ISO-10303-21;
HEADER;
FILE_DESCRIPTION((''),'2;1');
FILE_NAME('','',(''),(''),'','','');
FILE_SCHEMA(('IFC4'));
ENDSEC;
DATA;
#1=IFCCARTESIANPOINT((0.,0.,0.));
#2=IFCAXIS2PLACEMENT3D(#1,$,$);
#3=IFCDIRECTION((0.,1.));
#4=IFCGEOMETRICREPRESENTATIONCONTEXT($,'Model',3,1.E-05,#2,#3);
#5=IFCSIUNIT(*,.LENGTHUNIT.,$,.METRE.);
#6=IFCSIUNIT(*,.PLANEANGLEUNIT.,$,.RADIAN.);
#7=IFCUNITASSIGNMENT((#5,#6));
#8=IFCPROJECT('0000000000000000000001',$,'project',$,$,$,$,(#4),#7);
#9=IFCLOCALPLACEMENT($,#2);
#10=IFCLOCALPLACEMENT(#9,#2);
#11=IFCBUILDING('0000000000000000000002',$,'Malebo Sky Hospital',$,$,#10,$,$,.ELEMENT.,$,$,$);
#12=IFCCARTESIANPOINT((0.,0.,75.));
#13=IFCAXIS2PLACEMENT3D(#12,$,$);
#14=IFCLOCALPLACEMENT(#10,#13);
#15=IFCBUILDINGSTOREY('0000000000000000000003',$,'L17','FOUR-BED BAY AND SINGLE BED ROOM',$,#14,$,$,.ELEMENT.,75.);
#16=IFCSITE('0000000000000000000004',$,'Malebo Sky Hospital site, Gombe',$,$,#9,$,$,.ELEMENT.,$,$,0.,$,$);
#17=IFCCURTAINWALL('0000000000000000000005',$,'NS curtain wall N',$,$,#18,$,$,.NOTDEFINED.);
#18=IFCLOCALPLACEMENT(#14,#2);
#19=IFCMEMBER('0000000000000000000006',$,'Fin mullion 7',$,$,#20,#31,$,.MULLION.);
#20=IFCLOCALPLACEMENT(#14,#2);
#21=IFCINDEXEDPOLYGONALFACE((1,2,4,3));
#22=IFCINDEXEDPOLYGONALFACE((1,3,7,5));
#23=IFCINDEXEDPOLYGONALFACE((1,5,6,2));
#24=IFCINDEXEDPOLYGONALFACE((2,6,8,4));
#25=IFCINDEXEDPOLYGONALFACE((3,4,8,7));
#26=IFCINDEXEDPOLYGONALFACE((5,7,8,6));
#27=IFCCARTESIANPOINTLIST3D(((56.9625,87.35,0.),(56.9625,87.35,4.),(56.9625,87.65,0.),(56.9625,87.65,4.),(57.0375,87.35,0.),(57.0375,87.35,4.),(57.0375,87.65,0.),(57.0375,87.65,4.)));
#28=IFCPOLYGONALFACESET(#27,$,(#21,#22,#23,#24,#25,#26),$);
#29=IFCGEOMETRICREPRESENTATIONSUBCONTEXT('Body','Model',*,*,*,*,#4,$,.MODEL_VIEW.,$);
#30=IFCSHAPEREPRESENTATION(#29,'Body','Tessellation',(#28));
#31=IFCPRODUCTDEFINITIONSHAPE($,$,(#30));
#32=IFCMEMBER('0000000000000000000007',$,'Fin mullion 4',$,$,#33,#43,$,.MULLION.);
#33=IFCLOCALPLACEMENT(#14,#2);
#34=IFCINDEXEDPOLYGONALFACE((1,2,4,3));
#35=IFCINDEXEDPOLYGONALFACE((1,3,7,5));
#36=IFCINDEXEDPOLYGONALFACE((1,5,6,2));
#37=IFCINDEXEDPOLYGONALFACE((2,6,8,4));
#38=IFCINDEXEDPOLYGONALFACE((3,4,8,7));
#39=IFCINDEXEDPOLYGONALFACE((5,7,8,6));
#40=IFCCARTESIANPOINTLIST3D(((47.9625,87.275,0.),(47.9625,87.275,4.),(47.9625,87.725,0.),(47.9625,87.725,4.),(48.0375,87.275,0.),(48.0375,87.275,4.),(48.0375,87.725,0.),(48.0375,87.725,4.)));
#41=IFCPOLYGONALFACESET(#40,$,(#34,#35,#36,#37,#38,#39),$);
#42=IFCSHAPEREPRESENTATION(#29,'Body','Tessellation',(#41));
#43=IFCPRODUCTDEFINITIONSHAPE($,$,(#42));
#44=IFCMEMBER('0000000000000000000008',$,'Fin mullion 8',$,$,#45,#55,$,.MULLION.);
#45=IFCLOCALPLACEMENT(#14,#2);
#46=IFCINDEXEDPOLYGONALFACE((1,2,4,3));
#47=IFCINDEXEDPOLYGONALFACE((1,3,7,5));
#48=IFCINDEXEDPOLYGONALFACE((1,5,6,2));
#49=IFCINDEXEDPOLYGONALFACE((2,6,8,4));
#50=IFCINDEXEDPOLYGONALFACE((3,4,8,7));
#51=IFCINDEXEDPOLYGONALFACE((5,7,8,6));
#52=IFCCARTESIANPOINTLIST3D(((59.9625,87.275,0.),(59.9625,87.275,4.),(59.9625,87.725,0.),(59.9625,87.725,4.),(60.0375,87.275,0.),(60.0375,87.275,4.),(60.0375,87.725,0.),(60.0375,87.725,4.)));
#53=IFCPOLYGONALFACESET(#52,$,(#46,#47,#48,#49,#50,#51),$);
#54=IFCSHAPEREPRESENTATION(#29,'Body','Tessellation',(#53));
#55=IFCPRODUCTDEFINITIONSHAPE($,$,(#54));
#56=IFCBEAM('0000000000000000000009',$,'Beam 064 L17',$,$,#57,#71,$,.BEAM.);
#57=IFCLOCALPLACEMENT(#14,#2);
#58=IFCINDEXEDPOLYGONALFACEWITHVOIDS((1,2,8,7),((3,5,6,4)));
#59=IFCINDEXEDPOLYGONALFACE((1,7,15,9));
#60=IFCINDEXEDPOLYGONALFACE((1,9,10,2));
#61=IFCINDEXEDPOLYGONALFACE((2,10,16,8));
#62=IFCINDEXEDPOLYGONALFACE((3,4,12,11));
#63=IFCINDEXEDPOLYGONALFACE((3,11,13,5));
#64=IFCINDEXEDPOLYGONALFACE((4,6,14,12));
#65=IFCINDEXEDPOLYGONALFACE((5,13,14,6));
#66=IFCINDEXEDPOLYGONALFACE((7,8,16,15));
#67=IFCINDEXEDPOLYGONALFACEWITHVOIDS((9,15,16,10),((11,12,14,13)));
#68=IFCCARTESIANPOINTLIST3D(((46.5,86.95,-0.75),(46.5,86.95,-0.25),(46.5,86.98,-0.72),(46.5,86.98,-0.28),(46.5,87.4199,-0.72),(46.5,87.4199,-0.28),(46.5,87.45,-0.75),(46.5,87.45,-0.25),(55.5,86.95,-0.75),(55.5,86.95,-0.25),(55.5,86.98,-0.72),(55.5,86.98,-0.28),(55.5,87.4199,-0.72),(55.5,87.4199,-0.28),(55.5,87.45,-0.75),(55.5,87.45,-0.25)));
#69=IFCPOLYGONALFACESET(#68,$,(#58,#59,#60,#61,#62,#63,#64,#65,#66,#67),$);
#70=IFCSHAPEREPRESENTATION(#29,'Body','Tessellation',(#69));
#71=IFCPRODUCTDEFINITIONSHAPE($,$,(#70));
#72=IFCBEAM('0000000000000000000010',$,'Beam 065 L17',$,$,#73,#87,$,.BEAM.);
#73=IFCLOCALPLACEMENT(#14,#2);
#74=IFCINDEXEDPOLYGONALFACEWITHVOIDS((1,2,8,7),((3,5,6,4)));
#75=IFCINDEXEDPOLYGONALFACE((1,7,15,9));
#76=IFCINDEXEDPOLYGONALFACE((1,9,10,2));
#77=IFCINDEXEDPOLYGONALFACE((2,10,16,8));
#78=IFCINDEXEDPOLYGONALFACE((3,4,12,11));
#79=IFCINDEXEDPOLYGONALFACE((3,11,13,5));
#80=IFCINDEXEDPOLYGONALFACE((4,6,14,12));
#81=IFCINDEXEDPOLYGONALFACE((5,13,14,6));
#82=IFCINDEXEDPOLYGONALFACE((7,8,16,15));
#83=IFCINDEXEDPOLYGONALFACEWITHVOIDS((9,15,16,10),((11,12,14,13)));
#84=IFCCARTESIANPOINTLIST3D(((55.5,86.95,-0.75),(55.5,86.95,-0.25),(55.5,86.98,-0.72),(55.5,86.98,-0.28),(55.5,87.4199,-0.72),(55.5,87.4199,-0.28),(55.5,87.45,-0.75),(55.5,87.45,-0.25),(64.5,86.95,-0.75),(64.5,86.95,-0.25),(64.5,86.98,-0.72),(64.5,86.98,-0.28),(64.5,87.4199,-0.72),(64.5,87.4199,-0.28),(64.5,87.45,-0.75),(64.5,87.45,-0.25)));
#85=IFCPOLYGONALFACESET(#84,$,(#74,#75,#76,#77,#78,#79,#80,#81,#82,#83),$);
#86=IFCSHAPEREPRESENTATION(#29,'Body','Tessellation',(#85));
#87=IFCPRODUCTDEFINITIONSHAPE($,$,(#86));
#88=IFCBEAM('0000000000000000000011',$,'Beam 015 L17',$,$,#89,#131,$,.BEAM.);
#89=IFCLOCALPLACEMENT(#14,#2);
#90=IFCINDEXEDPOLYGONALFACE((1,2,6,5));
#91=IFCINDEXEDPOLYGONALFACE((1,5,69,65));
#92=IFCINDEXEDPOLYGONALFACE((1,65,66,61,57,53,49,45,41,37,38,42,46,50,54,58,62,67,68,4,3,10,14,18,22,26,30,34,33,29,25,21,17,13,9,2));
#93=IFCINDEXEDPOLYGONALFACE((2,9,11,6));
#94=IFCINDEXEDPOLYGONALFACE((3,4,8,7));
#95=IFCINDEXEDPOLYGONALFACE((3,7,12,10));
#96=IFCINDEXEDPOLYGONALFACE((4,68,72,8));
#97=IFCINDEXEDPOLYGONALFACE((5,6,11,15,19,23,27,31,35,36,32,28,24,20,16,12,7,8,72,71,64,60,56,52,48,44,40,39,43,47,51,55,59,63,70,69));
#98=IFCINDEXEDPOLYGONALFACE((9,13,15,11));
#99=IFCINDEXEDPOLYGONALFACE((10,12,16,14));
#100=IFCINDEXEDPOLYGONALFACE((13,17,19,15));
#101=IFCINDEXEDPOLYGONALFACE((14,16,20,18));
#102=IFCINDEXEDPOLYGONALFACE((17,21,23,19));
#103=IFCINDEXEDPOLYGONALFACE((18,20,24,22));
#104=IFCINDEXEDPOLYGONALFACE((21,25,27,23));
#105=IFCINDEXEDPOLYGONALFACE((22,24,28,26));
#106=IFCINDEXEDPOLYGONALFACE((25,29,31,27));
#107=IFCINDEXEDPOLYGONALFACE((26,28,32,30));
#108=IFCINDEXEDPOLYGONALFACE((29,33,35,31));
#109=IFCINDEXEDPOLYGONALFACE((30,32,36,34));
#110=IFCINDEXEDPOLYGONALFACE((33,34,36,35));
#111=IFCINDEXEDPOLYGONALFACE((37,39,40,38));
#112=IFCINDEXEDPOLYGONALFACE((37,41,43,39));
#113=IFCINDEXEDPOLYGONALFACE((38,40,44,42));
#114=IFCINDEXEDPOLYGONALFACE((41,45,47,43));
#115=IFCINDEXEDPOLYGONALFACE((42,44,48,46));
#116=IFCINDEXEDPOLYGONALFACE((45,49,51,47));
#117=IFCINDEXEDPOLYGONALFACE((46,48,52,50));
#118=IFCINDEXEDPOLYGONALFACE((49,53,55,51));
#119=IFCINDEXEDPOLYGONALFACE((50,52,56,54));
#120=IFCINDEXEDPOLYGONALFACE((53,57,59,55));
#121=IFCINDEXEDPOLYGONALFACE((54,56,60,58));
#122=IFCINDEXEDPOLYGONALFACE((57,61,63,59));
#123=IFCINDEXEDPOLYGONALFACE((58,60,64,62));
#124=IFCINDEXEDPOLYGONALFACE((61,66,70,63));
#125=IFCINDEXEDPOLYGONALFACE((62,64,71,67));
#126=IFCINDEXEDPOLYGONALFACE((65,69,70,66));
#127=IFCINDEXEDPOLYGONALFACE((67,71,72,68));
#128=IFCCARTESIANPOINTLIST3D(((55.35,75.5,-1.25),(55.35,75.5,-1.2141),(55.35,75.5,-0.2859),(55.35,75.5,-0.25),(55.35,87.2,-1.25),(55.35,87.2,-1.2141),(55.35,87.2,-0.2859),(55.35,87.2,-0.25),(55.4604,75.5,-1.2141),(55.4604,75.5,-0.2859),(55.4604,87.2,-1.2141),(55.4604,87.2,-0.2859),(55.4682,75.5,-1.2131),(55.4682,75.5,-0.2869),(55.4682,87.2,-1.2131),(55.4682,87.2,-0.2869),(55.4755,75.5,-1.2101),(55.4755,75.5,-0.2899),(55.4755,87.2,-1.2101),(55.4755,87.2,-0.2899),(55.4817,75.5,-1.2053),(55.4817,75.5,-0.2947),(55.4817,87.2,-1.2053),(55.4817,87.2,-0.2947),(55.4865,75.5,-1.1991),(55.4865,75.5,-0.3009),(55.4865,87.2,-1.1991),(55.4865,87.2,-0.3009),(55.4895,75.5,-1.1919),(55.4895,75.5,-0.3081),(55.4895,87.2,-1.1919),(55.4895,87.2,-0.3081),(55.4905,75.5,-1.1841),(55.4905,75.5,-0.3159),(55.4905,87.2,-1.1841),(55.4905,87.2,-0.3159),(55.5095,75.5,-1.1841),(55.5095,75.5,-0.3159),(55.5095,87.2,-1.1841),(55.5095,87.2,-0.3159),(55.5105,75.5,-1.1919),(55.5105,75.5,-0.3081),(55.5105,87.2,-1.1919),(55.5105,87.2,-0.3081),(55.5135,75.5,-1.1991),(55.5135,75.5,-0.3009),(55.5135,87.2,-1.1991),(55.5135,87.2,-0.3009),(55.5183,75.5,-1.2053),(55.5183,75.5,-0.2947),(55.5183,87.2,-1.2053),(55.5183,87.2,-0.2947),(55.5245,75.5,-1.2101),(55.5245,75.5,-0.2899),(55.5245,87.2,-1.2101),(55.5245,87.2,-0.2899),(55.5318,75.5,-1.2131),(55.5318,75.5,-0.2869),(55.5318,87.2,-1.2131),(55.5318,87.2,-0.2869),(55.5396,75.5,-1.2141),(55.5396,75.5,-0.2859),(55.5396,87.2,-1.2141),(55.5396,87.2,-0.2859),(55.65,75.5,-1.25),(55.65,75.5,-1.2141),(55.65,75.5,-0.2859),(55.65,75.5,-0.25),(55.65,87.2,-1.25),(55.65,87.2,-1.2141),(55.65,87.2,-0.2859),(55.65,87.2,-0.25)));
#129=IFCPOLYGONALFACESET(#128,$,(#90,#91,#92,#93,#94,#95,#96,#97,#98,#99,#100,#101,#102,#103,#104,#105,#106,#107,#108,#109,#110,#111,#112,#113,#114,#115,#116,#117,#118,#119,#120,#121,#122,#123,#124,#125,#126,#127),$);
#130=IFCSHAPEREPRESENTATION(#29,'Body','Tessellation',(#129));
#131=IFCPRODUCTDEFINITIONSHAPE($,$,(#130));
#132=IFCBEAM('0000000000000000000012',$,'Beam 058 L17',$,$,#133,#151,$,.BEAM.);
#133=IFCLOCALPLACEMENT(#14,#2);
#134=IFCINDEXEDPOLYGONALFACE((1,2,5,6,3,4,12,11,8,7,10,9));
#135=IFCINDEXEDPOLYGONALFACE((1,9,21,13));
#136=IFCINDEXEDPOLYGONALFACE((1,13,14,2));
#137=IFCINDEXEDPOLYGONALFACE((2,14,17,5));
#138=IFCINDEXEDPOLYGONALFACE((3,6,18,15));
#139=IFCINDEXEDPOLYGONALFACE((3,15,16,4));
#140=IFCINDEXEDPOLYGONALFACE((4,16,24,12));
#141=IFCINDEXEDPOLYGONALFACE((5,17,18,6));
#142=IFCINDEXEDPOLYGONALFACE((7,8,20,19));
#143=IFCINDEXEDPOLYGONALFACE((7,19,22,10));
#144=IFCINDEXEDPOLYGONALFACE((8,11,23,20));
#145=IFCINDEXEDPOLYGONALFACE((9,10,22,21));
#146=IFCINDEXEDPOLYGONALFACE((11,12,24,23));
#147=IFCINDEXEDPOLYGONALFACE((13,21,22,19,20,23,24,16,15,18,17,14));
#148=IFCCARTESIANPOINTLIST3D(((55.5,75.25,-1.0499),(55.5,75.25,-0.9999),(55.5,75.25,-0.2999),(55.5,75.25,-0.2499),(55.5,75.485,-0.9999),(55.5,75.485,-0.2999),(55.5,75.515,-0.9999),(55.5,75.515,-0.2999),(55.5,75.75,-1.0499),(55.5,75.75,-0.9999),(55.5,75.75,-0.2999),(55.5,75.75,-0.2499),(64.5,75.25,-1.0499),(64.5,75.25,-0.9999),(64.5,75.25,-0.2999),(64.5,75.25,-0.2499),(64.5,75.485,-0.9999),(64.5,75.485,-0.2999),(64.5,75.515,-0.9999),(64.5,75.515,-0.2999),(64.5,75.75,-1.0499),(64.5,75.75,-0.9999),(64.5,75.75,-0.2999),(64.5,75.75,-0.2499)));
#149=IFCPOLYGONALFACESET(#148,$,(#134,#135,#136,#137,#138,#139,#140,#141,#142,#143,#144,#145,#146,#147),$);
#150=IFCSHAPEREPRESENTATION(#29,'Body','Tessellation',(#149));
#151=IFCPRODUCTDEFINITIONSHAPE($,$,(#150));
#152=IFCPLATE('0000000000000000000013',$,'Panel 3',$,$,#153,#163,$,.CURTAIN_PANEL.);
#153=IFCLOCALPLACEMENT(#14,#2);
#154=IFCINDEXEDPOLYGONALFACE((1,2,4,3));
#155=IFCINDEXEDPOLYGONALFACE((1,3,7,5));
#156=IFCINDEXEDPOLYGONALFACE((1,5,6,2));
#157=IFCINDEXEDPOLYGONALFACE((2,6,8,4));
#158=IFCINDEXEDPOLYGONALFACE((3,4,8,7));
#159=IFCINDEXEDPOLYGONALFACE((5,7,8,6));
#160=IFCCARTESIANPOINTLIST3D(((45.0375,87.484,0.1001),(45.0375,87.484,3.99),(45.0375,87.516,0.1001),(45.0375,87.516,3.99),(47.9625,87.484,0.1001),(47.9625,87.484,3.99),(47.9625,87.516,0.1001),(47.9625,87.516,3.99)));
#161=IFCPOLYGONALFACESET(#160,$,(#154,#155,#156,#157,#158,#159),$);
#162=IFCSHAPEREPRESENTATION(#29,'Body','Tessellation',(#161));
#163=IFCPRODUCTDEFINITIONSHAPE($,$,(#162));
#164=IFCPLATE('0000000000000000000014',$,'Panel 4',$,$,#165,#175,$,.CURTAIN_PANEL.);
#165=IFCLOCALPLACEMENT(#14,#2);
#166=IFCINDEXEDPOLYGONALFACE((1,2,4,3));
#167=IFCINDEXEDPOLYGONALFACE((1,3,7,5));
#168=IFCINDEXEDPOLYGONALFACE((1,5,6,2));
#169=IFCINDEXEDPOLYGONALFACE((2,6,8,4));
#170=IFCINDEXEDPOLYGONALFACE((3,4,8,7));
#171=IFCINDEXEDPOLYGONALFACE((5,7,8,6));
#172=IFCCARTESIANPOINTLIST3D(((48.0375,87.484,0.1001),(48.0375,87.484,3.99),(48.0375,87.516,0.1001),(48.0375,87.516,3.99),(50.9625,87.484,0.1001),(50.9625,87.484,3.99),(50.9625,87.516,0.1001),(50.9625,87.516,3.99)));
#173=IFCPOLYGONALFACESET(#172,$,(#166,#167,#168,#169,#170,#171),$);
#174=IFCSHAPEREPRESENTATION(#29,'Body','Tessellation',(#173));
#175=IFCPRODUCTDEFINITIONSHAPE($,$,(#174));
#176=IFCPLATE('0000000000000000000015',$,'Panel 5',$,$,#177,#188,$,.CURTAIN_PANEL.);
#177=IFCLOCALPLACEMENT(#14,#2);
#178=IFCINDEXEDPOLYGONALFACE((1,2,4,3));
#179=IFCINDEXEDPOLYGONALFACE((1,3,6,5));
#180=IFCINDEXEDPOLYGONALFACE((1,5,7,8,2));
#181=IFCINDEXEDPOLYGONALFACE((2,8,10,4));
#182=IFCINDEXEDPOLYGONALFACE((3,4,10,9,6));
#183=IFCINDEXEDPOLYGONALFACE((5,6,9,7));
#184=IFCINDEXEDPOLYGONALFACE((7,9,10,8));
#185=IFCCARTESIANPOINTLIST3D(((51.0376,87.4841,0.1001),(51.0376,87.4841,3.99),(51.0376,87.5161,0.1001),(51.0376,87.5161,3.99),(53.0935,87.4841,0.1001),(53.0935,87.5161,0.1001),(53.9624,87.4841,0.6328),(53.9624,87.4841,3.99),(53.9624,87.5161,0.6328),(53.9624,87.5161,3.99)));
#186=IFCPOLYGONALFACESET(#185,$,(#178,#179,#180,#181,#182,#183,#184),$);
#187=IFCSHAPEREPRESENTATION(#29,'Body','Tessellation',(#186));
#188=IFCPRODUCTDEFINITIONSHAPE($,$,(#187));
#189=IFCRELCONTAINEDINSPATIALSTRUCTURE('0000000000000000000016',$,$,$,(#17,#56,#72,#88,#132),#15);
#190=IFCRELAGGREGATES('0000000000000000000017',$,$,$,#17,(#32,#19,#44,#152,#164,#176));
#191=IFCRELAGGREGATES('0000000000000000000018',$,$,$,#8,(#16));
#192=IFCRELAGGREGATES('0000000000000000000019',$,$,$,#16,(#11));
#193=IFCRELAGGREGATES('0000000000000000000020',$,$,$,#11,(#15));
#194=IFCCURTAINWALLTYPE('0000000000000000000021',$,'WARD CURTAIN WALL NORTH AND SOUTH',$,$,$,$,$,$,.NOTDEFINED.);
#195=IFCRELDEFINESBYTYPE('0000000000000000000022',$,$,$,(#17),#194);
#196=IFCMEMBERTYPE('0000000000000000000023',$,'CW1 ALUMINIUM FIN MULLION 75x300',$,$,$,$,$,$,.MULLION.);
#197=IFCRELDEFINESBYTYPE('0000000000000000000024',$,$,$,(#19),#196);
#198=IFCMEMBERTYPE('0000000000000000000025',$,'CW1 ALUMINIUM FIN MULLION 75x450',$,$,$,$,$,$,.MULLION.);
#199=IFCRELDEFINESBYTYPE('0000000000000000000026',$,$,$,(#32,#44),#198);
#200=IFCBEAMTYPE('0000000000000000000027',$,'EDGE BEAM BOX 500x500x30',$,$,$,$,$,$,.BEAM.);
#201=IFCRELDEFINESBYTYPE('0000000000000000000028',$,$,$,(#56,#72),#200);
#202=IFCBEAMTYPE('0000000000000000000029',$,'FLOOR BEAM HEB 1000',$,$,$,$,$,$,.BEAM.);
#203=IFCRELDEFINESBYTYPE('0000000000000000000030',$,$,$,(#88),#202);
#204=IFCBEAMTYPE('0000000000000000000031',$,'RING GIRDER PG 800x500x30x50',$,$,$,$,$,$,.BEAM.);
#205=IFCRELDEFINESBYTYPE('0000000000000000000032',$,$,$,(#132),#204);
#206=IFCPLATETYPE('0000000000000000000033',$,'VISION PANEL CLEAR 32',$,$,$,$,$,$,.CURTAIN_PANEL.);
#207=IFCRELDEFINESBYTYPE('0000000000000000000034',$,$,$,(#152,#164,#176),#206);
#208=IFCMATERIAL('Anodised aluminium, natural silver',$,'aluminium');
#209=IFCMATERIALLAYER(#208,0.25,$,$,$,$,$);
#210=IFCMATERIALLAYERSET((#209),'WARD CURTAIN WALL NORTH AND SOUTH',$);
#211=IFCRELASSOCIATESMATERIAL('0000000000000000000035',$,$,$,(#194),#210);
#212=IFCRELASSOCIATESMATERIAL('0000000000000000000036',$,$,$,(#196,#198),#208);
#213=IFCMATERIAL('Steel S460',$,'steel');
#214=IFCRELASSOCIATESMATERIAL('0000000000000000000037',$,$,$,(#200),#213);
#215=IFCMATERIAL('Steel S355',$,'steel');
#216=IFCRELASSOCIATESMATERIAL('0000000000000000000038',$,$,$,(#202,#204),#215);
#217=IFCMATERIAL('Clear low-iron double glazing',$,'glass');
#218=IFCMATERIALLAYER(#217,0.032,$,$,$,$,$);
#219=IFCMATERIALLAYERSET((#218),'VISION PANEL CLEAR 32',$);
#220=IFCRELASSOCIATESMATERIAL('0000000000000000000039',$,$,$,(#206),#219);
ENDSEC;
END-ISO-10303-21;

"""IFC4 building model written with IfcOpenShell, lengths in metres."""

from ifc_helpers import new_model, si_unit, direction, frame, origin, origin_2d, place, context, subcontext, project, spatial, polyline, rectangle, hollow_rectangle, i_section, outline, extrude, material, layer, layer_set, material_profile, profile_set, type_object, element, aggregate, save


model = new_model("IFC4")

# Units and contexts
model_context = context("Model", 3, precision=1e-05, world=origin(), true_north=direction((0.0, 1.0)))
body_context = subcontext(model_context, "Body", "Model", "MODEL_VIEW")
ifc_project = project(units=[si_unit("LENGTHUNIT", "METRE"), si_unit("PLANEANGLEUNIT", "RADIAN")], contexts=[model_context])

# Site, building, storey
site_placement = place(None, origin())
site = spatial("IfcSite", under=ifc_project, at=site_placement, Name="Malebo Sky Hospital site, Gombe", CompositionType="ELEMENT", RefElevation=0.0)
building_placement = place(site_placement, origin())
building = spatial("IfcBuilding", under=site, at=building_placement, Name="Malebo Sky Hospital", CompositionType="ELEMENT")
storey_placement = place(building_placement, frame((0.0, 0.0, 75.0)))
storey = spatial("IfcBuildingStorey", under=building, at=storey_placement, Name="L17", Description="FOUR-BED BAY AND SINGLE BED ROOM", CompositionType="ELEMENT", Elevation=75.0)

# Shared definitions
ifc_material_1 = material(Name="Steel S460", Category="steel")

# Curtain wall
ifc_material_2 = material(Name="Anodised aluminium, natural silver", Category="aluminium")
ifc_layer_1 = layer(ifc_material_2, 0.25)
ifc_layer_set_1 = layer_set([ifc_layer_1], Name="WARD CURTAIN WALL NORTH AND SOUTH")
curtain_wall_type = type_object("IfcCurtainWallType", Name="WARD CURTAIN WALL NORTH AND SOUTH", PredefinedType="NOTDEFINED", material=ifc_layer_set_1)
curtain_wall_placement = place(storey_placement, origin())
curtain_wall = element("IfcCurtainWall", 1, at=curtain_wall_placement, inside=storey, type_object=curtain_wall_type, Name="NS curtain wall N", PredefinedType="NOTDEFINED")

# Members
ifc_material_3 = material(Name="Steel S355", Category="steel")
ifc_material_profile_1 = material_profile(ifc_material_2, rectangle(XDim=0.075, YDim=0.3, at=origin_2d()), Name="CW1 ALUMINIUM FIN MULLION 75x300")
ifc_profile_set_1 = profile_set([ifc_material_profile_1], Name="Anodised aluminium, natural silver")
member_type_1 = type_object("IfcMemberType", Name="CW1 ALUMINIUM FIN MULLION 75x300", PredefinedType="MULLION", material=ifc_profile_set_1)
member_1_placement = place(storey_placement, frame((57.0, 87.5, 0.0), z_axis=(0.0, 0.0, 1.0), x_axis=(1.0, 0.0, 0.0)))
member_1 = element("IfcMember", 2, at=member_1_placement, type_object=member_type_1, Name="Fin mullion 7", PredefinedType="MULLION", context=body_context, shape_type="SweptSolid", body=[
    extrude(rectangle(XDim=0.075, YDim=0.3, at=origin_2d()), origin(), (0.0, 0.0, 1.0), 4.0),
])
ifc_material_profile_2 = material_profile(ifc_material_2, rectangle(XDim=0.075, YDim=0.45, at=origin_2d()), Name="CW1 ALUMINIUM FIN MULLION 75x450")
ifc_profile_set_2 = profile_set([ifc_material_profile_2], Name="Anodised aluminium, natural silver")
member_type_2 = type_object("IfcMemberType", Name="CW1 ALUMINIUM FIN MULLION 75x450", PredefinedType="MULLION", material=ifc_profile_set_2)
member_2_placement = place(storey_placement, frame((48.0, 87.5, 0.0), z_axis=(0.0, 0.0, 1.0), x_axis=(1.0, 0.0, 0.0)))
member_2 = element("IfcMember", 3, at=member_2_placement, type_object=member_type_2, Name="Fin mullion 4", PredefinedType="MULLION", context=body_context, shape_type="SweptSolid", body=[
    extrude(rectangle(XDim=0.075, YDim=0.45, at=origin_2d()), origin(), (0.0, 0.0, 1.0), 4.0),
])
member_3_placement = place(storey_placement, frame((60.0, 87.5, 0.0), z_axis=(0.0, 0.0, 1.0), x_axis=(1.0, 0.0, 0.0)))
member_3 = element("IfcMember", 4, at=member_3_placement, type_object=member_type_2, Name="Fin mullion 8", PredefinedType="MULLION", context=body_context, shape_type="SweptSolid", body=[
    extrude(rectangle(XDim=0.075, YDim=0.45, at=origin_2d()), origin(), (0.0, 0.0, 1.0), 4.0),
])

# Beams
ifc_material_profile_3 = material_profile(ifc_material_1, hollow_rectangle(XDim=0.5, YDim=0.5, WallThickness=0.03, at=origin_2d()), Name="BOX 500x500x30")
ifc_profile_set_3 = profile_set([ifc_material_profile_3], Name="Steel S460")
beam_type_1 = type_object("IfcBeamType", Name="EDGE BEAM BOX 500x500x30", PredefinedType="BEAM", material=ifc_profile_set_3)
for number, where, z_axis, x_axis, name in (
    (5, (46.5, 87.2, -0.5), (1.0, 0.0, 0.0), (0.0, 1.0, 0.0), "Beam 064 L17"),
    (6, (55.5, 87.2, -0.5), (1.0, 0.0, 0.0), (0.0, 1.0, 0.0), "Beam 065 L17"),
):
    element("IfcBeam", number, at=place(storey_placement, frame(where, z_axis=z_axis, x_axis=x_axis)), inside=storey, type_object=beam_type_1, Name=name, PredefinedType="BEAM", context=body_context, shape_type="SweptSolid", body=[
        extrude(hollow_rectangle(XDim=0.5, YDim=0.5, WallThickness=0.03, at=origin_2d()), origin(), (0.0, 0.0, 1.0), 9.0),
    ])
ifc_material_profile_4 = material_profile(ifc_material_3, i_section(OverallWidth=0.3, OverallDepth=1.0, WebThickness=0.019, FlangeThickness=0.0359, FilletRadius=0.03, at=origin_2d()), Name="HEB 1000")
ifc_profile_set_4 = profile_set([ifc_material_profile_4], Name="Steel S355")
beam_type_2 = type_object("IfcBeamType", Name="FLOOR BEAM HEB 1000", PredefinedType="BEAM", material=ifc_profile_set_4)
beam_1_placement = place(storey_placement, frame((55.5, 75.5, -0.75), z_axis=(0.0, 1.0, 0.0), x_axis=(-1.0, 0.0, 0.0)))
element("IfcBeam", 7, at=beam_1_placement, inside=storey, type_object=beam_type_2, Name="Beam 015 L17", PredefinedType="BEAM", context=body_context, shape_type="SweptSolid", body=[
    extrude(i_section(OverallWidth=0.3, OverallDepth=1.0, WebThickness=0.019, FlangeThickness=0.0359, FilletRadius=0.03, at=origin_2d()), origin(), (0.0, 0.0, 1.0), 11.7),
])
ifc_material_profile_5 = material_profile(ifc_material_3, i_section(OverallWidth=0.5, OverallDepth=0.8, WebThickness=0.03, FlangeThickness=0.05, at=origin_2d()), Name="PG 800x500x30x50")
ifc_profile_set_5 = profile_set([ifc_material_profile_5], Name="Steel S355")
beam_type_3 = type_object("IfcBeamType", Name="RING GIRDER PG 800x500x30x50", PredefinedType="BEAM", material=ifc_profile_set_5)
beam_2_placement = place(storey_placement, frame((55.5, 75.5, -0.6499), z_axis=(1.0, 0.0, 0.0), x_axis=(0.0, 1.0, 0.0)))
element("IfcBeam", 8, at=beam_2_placement, inside=storey, type_object=beam_type_3, Name="Beam 058 L17", PredefinedType="BEAM", context=body_context, shape_type="SweptSolid", body=[
    extrude(i_section(OverallWidth=0.5, OverallDepth=0.8, WebThickness=0.03, FlangeThickness=0.05, at=origin_2d()), origin(), (0.0, 0.0, 1.0), 9.0),
])

# Plates
ifc_material_4 = material(Name="Clear low-iron double glazing", Category="glass")
ifc_layer_2 = layer(ifc_material_4, 0.032)
ifc_layer_set_2 = layer_set([ifc_layer_2], Name="VISION PANEL CLEAR 32")
plate_type = type_object("IfcPlateType", Name="VISION PANEL CLEAR 32", PredefinedType="CURTAIN_PANEL", material=ifc_layer_set_2)
plate_1_placement = place(storey_placement, frame((46.5, 87.5, 0.1001), z_axis=(0.0, 0.0, 1.0), x_axis=(1.0, 0.0, 0.0)))
plate_1 = element("IfcPlate", 9, at=plate_1_placement, type_object=plate_type, Name="Panel 3", PredefinedType="CURTAIN_PANEL", context=body_context, shape_type="SweptSolid", body=[
    extrude(rectangle(XDim=2.925, YDim=0.032, at=origin_2d()), origin(), (0.0, 0.0, 1.0), 3.8899),
])
plate_2_placement = place(storey_placement, frame((49.5, 87.5, 0.1001), z_axis=(0.0, 0.0, 1.0), x_axis=(1.0, 0.0, 0.0)))
plate_2 = element("IfcPlate", 10, at=plate_2_placement, type_object=plate_type, Name="Panel 4", PredefinedType="CURTAIN_PANEL", context=body_context, shape_type="SweptSolid", body=[
    extrude(rectangle(XDim=2.925, YDim=0.032, at=origin_2d()), origin(), (0.0, 0.0, 1.0), 3.8899),
])
plate_3_placement = place(storey_placement, frame((52.5, 87.5, 0.1001), z_axis=(0.0, 0.0, 1.0), x_axis=(1.0, 0.0, 0.0)))
plate_3 = element("IfcPlate", 11, at=plate_3_placement, type_object=plate_type, Name="Panel 5", PredefinedType="CURTAIN_PANEL", context=body_context, shape_type="SweptSolid", body=[
    extrude(outline(polyline([(-1.4624, 0.0), (0.5935, 0.0), (1.4624, 0.5327), (1.4624, 3.8899), (-1.4624, 3.8899), (-1.4624, 0.0)])), frame((0.0, 0.0161, 0.0), z_axis=(0.0, -1.0, 0.0), x_axis=(1.0, 0.0, 0.0)), (0.0, 0.0, 1.0), 0.032),
])
aggregate(curtain_wall, [member_2, member_1, member_3, plate_1, plate_2, plate_3])

save(model, "model.ifc")
